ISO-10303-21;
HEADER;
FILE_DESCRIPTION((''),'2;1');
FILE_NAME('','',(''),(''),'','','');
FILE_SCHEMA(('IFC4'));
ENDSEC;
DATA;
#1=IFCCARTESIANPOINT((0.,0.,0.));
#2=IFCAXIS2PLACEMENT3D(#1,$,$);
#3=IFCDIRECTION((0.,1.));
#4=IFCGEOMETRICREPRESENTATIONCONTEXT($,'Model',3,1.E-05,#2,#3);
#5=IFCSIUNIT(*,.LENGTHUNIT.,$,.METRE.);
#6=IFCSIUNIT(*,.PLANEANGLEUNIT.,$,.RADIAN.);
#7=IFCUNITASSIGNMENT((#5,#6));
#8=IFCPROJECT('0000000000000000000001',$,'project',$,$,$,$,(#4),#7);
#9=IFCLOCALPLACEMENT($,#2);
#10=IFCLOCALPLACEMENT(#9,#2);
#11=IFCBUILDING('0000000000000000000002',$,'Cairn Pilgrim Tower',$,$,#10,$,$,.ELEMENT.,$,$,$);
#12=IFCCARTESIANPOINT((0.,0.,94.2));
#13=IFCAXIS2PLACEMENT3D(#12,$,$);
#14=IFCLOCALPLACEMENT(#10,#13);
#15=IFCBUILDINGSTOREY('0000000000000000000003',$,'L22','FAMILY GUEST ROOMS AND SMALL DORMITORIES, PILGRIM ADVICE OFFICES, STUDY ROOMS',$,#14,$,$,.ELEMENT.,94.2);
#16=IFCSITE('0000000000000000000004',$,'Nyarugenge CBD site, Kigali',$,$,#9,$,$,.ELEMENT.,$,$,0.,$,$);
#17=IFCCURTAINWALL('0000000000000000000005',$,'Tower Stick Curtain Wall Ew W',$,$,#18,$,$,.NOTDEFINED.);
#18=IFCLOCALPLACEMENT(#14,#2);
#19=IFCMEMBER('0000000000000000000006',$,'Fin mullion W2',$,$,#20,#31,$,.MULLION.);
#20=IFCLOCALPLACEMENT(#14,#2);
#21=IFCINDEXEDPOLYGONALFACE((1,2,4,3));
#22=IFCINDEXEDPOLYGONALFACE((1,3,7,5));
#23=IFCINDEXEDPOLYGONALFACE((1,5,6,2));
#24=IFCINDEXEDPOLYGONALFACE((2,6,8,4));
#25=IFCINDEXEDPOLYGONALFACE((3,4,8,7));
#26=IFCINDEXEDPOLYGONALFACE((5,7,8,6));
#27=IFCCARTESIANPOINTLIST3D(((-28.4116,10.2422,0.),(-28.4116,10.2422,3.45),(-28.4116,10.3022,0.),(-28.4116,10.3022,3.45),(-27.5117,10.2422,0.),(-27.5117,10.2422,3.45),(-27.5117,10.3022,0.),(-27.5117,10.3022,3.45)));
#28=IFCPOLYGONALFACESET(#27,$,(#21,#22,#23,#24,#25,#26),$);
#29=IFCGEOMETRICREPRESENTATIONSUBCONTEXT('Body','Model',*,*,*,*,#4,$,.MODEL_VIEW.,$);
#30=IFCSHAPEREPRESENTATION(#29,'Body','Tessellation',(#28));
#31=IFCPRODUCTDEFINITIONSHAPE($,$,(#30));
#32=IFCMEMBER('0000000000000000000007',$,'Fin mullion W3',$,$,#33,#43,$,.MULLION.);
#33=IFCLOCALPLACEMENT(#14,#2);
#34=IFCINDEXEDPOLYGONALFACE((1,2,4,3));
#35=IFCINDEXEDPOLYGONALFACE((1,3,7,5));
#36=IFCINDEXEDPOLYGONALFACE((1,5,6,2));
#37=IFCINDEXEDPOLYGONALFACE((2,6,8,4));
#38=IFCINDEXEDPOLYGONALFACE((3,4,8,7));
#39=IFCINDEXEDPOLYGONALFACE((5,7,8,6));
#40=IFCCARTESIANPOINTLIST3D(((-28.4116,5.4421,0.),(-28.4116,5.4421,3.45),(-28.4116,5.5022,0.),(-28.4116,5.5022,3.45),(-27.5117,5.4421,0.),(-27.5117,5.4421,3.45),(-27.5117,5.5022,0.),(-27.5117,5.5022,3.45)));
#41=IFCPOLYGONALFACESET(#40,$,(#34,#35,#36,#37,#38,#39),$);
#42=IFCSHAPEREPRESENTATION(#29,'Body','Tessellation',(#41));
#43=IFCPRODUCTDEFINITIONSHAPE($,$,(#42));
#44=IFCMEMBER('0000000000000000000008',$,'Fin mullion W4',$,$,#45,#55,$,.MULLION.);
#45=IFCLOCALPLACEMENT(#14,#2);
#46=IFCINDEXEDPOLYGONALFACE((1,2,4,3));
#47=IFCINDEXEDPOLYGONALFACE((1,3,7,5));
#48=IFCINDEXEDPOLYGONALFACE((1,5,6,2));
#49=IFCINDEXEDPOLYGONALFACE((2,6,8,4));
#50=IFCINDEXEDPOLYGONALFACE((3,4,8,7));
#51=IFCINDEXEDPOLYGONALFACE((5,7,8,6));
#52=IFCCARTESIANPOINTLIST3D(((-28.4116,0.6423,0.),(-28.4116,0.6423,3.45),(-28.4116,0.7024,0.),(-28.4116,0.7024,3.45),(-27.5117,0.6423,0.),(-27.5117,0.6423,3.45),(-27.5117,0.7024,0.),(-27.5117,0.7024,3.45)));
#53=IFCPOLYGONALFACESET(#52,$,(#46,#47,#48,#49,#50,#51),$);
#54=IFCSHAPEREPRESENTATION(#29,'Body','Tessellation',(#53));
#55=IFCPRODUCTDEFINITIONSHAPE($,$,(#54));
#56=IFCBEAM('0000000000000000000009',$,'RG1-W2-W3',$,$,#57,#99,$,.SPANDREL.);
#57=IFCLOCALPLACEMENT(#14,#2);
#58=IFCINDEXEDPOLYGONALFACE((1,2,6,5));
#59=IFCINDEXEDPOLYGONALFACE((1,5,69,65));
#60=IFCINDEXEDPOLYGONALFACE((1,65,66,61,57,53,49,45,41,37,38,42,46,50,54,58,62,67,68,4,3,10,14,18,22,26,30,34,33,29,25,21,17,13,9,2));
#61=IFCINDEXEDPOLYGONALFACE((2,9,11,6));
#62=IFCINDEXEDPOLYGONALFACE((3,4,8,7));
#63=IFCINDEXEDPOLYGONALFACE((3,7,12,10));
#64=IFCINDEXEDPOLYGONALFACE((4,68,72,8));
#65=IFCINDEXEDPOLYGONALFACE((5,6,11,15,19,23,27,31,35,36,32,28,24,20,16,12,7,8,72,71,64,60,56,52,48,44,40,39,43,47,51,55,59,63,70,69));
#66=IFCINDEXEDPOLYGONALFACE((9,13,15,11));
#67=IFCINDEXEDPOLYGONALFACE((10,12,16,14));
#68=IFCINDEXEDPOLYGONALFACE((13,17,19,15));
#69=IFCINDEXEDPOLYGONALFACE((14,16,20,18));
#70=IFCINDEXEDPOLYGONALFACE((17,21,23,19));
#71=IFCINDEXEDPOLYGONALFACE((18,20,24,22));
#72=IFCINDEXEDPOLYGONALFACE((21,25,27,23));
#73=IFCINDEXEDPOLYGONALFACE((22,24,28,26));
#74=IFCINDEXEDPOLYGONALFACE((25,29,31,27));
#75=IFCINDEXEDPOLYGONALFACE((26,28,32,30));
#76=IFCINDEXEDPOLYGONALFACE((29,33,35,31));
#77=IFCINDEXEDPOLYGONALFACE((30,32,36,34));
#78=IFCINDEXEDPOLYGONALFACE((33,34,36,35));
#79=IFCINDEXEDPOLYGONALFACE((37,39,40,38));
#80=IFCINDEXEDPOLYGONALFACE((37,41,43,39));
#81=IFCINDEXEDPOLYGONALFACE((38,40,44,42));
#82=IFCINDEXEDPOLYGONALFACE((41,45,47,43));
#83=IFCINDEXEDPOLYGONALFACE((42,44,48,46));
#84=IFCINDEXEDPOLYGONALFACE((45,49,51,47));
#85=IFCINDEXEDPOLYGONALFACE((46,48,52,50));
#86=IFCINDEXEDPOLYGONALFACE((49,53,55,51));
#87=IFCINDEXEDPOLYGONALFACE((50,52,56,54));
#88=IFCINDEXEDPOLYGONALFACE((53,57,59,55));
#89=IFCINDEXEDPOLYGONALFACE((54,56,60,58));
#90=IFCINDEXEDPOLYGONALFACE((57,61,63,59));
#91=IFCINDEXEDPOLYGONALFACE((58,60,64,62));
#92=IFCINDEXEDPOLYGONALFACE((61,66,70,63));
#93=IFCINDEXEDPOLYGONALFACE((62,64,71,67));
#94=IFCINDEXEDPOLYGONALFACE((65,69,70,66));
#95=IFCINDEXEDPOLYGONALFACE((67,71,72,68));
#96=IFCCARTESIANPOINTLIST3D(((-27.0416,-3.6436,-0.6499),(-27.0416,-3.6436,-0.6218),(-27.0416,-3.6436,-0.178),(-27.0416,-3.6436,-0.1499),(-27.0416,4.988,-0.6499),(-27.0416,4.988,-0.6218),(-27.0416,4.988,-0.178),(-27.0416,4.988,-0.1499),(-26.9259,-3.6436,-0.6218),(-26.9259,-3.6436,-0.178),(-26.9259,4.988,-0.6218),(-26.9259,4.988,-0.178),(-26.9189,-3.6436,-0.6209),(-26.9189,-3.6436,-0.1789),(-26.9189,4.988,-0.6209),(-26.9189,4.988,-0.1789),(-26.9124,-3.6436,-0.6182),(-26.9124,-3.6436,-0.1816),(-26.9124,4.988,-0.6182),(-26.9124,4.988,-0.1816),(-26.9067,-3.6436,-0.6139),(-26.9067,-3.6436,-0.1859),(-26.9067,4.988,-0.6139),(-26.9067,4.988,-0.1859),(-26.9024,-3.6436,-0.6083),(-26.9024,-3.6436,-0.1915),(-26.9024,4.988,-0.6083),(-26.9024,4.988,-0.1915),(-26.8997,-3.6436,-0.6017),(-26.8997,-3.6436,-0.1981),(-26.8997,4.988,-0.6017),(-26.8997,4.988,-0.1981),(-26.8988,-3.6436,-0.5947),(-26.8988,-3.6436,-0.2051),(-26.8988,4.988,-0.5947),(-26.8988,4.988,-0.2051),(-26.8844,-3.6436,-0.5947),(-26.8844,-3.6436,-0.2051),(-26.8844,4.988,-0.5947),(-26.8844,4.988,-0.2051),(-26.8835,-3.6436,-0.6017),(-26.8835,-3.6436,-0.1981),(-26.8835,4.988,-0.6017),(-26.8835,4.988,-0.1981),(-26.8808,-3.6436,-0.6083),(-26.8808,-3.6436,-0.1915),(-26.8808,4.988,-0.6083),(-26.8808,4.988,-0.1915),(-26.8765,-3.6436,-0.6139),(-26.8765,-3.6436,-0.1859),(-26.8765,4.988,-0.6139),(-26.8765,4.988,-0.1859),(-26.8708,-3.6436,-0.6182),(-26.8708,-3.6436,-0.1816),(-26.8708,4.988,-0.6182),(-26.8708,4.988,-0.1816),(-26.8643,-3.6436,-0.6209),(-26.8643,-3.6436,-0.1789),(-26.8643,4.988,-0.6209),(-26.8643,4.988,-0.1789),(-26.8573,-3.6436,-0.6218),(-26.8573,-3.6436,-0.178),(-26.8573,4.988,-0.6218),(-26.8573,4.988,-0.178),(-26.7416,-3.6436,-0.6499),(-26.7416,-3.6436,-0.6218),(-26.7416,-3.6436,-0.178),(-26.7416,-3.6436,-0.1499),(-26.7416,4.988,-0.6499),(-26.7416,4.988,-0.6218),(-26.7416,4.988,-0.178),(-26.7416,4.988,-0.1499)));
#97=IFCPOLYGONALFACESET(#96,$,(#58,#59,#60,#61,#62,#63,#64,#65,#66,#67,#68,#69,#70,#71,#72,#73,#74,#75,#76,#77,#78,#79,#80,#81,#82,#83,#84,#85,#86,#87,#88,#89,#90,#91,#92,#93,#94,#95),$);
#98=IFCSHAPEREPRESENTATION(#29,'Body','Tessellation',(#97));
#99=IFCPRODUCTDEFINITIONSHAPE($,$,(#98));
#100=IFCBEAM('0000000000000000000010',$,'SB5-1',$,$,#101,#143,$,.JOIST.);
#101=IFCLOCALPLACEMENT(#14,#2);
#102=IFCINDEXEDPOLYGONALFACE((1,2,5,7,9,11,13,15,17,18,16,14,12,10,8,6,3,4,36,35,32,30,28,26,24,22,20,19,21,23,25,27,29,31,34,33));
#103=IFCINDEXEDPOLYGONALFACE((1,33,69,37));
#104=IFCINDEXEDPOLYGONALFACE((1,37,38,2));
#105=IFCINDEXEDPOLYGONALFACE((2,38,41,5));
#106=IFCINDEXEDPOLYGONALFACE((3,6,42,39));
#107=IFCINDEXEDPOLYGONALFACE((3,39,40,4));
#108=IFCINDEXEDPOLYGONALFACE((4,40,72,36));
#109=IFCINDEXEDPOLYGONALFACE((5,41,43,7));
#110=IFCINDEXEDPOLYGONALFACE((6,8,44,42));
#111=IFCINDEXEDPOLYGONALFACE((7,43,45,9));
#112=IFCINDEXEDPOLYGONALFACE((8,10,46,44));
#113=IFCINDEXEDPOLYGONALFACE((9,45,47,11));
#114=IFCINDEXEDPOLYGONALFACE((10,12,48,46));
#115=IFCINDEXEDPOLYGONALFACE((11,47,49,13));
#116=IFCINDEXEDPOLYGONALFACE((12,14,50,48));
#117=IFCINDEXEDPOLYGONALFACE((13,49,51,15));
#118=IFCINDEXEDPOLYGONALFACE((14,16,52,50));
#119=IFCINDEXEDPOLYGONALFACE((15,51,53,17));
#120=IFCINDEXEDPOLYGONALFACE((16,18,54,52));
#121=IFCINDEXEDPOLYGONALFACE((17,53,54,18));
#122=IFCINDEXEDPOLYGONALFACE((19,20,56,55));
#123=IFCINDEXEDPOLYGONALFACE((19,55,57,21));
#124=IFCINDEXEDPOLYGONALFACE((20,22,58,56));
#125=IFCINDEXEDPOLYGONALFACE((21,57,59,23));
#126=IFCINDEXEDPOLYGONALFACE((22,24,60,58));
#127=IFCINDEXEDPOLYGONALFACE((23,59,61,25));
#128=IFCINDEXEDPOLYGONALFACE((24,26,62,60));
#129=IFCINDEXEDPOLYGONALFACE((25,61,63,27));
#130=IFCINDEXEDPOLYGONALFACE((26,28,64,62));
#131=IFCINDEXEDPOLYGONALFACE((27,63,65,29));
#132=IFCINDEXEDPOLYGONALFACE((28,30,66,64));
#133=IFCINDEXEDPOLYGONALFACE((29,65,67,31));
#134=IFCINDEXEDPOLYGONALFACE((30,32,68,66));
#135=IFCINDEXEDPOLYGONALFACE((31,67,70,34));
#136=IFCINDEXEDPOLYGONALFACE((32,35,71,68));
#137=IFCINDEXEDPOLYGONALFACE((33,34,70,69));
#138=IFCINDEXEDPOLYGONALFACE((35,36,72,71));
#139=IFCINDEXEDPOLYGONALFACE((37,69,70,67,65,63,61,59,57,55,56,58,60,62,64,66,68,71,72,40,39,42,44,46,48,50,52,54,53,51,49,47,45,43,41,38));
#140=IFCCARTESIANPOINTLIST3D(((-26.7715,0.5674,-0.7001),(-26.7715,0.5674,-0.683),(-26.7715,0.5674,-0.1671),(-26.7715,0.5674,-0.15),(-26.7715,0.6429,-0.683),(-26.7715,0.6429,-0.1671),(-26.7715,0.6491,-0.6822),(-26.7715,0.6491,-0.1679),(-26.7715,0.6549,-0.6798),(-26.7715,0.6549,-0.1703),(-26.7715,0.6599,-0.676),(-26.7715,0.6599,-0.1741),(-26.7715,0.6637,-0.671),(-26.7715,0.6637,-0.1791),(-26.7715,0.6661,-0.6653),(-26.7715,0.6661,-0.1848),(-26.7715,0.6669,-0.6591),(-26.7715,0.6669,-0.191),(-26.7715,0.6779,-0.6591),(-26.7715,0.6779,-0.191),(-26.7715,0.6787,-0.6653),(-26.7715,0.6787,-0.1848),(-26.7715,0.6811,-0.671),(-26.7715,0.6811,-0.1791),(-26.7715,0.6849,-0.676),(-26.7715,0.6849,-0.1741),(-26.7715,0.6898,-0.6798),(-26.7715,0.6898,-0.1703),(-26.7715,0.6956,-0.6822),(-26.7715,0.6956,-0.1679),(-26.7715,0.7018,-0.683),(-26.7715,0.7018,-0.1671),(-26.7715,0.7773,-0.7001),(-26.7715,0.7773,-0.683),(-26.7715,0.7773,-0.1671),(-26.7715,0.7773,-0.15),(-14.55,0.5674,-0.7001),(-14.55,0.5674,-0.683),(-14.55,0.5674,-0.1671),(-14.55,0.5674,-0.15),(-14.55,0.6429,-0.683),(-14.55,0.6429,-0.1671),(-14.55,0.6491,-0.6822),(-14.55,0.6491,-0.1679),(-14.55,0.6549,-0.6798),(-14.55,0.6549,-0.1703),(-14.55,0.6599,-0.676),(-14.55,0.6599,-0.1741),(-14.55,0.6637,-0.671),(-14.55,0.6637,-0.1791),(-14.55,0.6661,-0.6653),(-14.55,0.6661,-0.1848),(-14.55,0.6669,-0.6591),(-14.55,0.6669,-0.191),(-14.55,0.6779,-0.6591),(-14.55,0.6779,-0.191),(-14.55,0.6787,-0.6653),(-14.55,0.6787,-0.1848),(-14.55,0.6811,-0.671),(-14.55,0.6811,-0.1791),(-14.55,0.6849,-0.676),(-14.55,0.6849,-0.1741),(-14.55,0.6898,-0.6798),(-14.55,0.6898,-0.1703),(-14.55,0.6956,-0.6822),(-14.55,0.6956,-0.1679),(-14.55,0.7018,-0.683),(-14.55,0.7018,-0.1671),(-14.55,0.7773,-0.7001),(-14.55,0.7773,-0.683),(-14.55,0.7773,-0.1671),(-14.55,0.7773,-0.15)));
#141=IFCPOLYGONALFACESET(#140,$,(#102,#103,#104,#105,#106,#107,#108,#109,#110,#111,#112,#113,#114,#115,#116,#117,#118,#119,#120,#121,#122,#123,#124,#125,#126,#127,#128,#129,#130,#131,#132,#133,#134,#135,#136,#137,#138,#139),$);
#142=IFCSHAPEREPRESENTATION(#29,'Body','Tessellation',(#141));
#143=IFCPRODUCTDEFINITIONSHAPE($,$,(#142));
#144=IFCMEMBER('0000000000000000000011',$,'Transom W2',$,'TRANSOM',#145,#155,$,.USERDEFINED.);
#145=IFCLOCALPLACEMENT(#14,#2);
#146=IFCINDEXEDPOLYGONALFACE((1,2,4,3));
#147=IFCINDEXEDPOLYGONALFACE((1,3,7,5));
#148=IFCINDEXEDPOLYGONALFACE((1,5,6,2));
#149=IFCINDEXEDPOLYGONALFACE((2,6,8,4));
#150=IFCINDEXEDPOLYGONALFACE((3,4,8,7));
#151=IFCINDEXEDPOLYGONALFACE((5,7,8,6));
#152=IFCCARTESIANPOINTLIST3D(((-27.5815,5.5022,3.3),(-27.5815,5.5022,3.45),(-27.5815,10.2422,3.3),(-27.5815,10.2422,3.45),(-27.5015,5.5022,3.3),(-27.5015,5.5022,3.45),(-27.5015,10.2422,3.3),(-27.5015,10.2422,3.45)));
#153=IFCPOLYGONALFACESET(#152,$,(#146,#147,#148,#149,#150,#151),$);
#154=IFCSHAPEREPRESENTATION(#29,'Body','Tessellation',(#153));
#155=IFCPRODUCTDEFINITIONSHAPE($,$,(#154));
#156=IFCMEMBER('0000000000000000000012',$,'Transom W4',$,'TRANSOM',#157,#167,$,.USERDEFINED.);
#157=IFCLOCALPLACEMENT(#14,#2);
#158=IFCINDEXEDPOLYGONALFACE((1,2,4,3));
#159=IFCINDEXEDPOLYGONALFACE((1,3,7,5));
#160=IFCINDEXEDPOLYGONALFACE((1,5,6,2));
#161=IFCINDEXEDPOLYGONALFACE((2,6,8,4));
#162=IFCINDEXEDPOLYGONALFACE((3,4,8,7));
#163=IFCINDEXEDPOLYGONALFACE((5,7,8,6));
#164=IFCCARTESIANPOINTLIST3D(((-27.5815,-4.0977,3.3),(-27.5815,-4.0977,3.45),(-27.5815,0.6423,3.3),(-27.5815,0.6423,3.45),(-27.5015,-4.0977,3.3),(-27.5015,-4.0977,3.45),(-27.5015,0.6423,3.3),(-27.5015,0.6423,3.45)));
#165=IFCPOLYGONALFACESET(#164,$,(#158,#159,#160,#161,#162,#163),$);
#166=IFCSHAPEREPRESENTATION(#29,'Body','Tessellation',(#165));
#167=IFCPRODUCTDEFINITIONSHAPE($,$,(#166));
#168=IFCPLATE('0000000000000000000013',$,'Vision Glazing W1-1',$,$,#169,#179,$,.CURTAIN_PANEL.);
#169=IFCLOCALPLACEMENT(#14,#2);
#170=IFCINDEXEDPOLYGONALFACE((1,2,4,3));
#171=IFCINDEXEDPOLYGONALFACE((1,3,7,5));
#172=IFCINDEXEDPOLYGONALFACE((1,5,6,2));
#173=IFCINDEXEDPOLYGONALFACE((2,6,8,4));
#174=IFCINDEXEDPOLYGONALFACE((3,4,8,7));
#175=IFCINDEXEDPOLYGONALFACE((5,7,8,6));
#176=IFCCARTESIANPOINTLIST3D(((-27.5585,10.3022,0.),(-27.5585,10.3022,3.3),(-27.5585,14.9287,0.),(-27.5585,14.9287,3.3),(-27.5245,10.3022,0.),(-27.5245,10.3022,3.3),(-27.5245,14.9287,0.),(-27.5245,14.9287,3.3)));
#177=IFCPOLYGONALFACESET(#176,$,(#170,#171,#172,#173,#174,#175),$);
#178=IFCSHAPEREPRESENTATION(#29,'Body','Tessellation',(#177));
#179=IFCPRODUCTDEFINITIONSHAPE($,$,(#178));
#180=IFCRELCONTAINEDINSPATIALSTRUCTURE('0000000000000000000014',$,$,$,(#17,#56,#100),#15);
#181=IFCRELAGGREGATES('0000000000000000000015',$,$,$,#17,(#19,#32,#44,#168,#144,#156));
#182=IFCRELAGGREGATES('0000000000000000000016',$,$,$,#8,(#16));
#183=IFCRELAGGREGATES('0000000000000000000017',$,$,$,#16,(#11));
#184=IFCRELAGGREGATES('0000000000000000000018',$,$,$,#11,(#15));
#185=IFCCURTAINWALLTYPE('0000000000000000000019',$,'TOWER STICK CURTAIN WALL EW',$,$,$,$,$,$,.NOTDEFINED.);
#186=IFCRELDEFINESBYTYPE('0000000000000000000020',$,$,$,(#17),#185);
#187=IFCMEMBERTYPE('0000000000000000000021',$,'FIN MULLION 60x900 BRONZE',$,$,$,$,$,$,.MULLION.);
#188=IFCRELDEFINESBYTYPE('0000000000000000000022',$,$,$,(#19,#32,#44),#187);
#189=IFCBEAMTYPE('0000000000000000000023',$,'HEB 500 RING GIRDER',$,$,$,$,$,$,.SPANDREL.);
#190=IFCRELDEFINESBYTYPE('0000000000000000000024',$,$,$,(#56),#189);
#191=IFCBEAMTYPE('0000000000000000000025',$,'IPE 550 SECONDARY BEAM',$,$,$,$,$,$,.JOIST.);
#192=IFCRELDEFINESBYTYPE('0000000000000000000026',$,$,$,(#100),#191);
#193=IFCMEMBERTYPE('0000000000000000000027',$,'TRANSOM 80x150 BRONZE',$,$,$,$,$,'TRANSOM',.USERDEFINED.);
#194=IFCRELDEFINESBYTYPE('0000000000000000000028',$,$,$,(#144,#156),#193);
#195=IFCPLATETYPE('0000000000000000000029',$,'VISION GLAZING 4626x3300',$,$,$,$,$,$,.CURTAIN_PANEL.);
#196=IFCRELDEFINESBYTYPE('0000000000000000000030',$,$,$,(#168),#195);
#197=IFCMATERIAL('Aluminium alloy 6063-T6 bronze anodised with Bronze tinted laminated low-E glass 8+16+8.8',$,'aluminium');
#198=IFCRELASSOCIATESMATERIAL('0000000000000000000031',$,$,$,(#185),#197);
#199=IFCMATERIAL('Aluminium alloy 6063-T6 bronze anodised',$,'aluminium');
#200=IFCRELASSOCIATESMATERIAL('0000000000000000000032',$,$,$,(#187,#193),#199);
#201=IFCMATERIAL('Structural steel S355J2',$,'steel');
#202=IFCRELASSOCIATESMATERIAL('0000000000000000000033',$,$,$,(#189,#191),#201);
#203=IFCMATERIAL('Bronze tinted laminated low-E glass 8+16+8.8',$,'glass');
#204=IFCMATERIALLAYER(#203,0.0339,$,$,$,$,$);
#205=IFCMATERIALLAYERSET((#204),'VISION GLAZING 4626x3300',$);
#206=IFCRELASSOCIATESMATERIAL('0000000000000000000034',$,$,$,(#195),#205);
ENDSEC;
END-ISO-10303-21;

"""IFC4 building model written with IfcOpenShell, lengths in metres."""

from ifc_helpers import new_model, si_unit, direction, frame, origin, origin_2d, place, context, subcontext, project, spatial, rectangle, i_section, extrude, material, layer, layer_set, material_profile, profile_set, type_object, element, aggregate, save


model = new_model("IFC4")

# Units and contexts
model_context = context("Model", 3, precision=1e-05, world=origin(), true_north=direction((0.0, 1.0)))
body_context = subcontext(model_context, "Body", "Model", "MODEL_VIEW")
ifc_project = project(units=[si_unit("LENGTHUNIT", "METRE"), si_unit("PLANEANGLEUNIT", "RADIAN")], contexts=[model_context])

# Site, building, storey
site_placement = place(None, origin())
site = spatial("IfcSite", under=ifc_project, at=site_placement, Name="Nyarugenge CBD site, Kigali", CompositionType="ELEMENT", RefElevation=0.0)
building_placement = place(site_placement, origin())
building = spatial("IfcBuilding", under=site, at=building_placement, Name="Cairn Pilgrim Tower", CompositionType="ELEMENT")
storey_placement = place(building_placement, frame((0.0, 0.0, 94.2)))
storey = spatial("IfcBuildingStorey", under=building, at=storey_placement, Name="L22", Description="FAMILY GUEST ROOMS AND SMALL DORMITORIES, PILGRIM ADVICE OFFICES, STUDY ROOMS", CompositionType="ELEMENT", Elevation=94.2)

# Curtain wall, members
ifc_material_1 = material(Name="Aluminium alloy 6063-T6 bronze anodised with Bronze tinted laminated low-E glass 8+16+8.8", Category="aluminium")
curtain_wall_type = type_object("IfcCurtainWallType", Name="TOWER STICK CURTAIN WALL EW", PredefinedType="NOTDEFINED", material=ifc_material_1)
curtain_wall_placement = place(storey_placement, origin())
curtain_wall = element("IfcCurtainWall", 1, at=curtain_wall_placement, inside=storey, type_object=curtain_wall_type, Name="Tower Stick Curtain Wall Ew W", PredefinedType="NOTDEFINED")
ifc_material_2 = material(Name="Aluminium alloy 6063-T6 bronze anodised", Category="aluminium")
ifc_material_profile_1 = material_profile(ifc_material_2, rectangle(XDim=0.8999, YDim=0.0601, at=origin_2d()), Name="FIN MULLION 60x900 BRONZE")
ifc_profile_set_1 = profile_set([ifc_material_profile_1], Name="Aluminium alloy 6063-T6 bronze anodised")
member_type_1 = type_object("IfcMemberType", Name="FIN MULLION 60x900 BRONZE", PredefinedType="MULLION", material=ifc_profile_set_1)
member_1_placement = place(storey_placement, frame((-27.9617, 10.2722, 0.0), z_axis=(0.0, 0.0, 1.0), x_axis=(-1.0, 0.0, 0.0)))
member_1 = element("IfcMember", 2, at=member_1_placement, type_object=member_type_1, Name="Fin mullion W2", PredefinedType="MULLION", context=body_context, shape_type="SweptSolid", body=[
    extrude(rectangle(XDim=0.8999, YDim=0.0601, at=origin_2d()), origin(), (0.0, 0.0, 1.0), 3.45),
])
member_2_placement = place(storey_placement, frame((-27.9617, 5.4722, 0.0), z_axis=(0.0, 0.0, 1.0), x_axis=(-1.0, 0.0, 0.0)))
member_2 = element("IfcMember", 3, at=member_2_placement, type_object=member_type_1, Name="Fin mullion W3", PredefinedType="MULLION", context=body_context, shape_type="SweptSolid", body=[
    extrude(rectangle(XDim=0.8999, YDim=0.0601, at=origin_2d()), origin(), (0.0, 0.0, 1.0), 3.45),
])
member_3_placement = place(storey_placement, frame((-27.9617, 0.6724, 0.0), z_axis=(0.0, 0.0, 1.0), x_axis=(-1.0, 0.0, 0.0)))
member_3 = element("IfcMember", 4, at=member_3_placement, type_object=member_type_1, Name="Fin mullion W4", PredefinedType="MULLION", context=body_context, shape_type="SweptSolid", body=[
    extrude(rectangle(XDim=0.8999, YDim=0.0601, at=origin_2d()), origin(), (0.0, 0.0, 1.0), 3.45),
])

# Beams
ifc_material_3 = material(Name="Structural steel S355J2", Category="steel")
ifc_material_profile_2 = material_profile(ifc_material_3, i_section(OverallWidth=0.3, OverallDepth=0.5, WebThickness=0.0144, FlangeThickness=0.0281, FilletRadius=0.0271, at=origin_2d()), Name="HEB 500")
ifc_profile_set_2 = profile_set([ifc_material_profile_2], Name="Structural steel S355J2")
beam_type_1 = type_object("IfcBeamType", Name="HEB 500 RING GIRDER", PredefinedType="SPANDREL", material=ifc_profile_set_2)
beam_1_placement = place(storey_placement, frame((-26.8916, 4.988, -0.3999), z_axis=(0.0, -1.0, 0.0), x_axis=(1.0, 0.0, 0.0)))
element("IfcBeam", 5, at=beam_1_placement, inside=storey, type_object=beam_type_1, Name="RG1-W2-W3", PredefinedType="SPANDREL", context=body_context, shape_type="SweptSolid", body=[
    extrude(i_section(OverallWidth=0.3, OverallDepth=0.5, WebThickness=0.0144, FlangeThickness=0.0281, FilletRadius=0.0271, at=origin_2d()), origin(), (0.0, 0.0, 1.0), 8.6316),
])
ifc_material_profile_3 = material_profile(ifc_material_3, i_section(OverallWidth=0.21, OverallDepth=0.55, WebThickness=0.011, FlangeThickness=0.0171, FilletRadius=0.0239, at=origin_2d()), Name="IPE 550")
ifc_profile_set_3 = profile_set([ifc_material_profile_3], Name="Structural steel S355J2")
beam_type_2 = type_object("IfcBeamType", Name="IPE 550 SECONDARY BEAM", PredefinedType="JOIST", material=ifc_profile_set_3)
beam_2_placement = place(storey_placement, frame((-26.7715, 0.6724, -0.425), z_axis=(1.0, 0.0, 0.0), x_axis=(0.0, 1.0, 0.0)))
element("IfcBeam", 6, at=beam_2_placement, inside=storey, type_object=beam_type_2, Name="SB5-1", PredefinedType="JOIST", context=body_context, shape_type="SweptSolid", body=[
    extrude(i_section(OverallWidth=0.21, OverallDepth=0.55, WebThickness=0.011, FlangeThickness=0.0171, FilletRadius=0.0239, at=origin_2d()), origin(), (0.0, 0.0, 1.0), 12.2214),
])

# Members
ifc_material_profile_4 = material_profile(ifc_material_2, rectangle(XDim=0.0801, YDim=0.1499, at=origin_2d()), Name="TRANSOM 80x150 BRONZE")
ifc_profile_set_4 = profile_set([ifc_material_profile_4], Name="Aluminium alloy 6063-T6 bronze anodised")
member_type_2 = type_object("IfcMemberType", Name="TRANSOM 80x150 BRONZE", ElementType="TRANSOM", PredefinedType="USERDEFINED", material=ifc_profile_set_4)
member_4_placement = place(storey_placement, frame((-27.5415, 10.2422, 3.375), z_axis=(0.0, -1.0, 0.0), x_axis=(1.0, 0.0, 0.0)))
member_4 = element("IfcMember", 7, at=member_4_placement, type_object=member_type_2, Name="Transom W2", ObjectType="TRANSOM", PredefinedType="USERDEFINED", context=body_context, shape_type="SweptSolid", body=[
    extrude(rectangle(XDim=0.0801, YDim=0.1499, at=origin_2d()), origin(), (0.0, 0.0, 1.0), 4.74),
])
member_5_placement = place(storey_placement, frame((-27.5415, 0.6423, 3.375), z_axis=(0.0, -1.0, 0.0), x_axis=(1.0, 0.0, 0.0)))
member_5 = element("IfcMember", 8, at=member_5_placement, type_object=member_type_2, Name="Transom W4", ObjectType="TRANSOM", PredefinedType="USERDEFINED", context=body_context, shape_type="SweptSolid", body=[
    extrude(rectangle(XDim=0.0801, YDim=0.1499, at=origin_2d()), origin(), (0.0, 0.0, 1.0), 4.74),
])

# Plate
ifc_material_4 = material(Name="Bronze tinted laminated low-E glass 8+16+8.8", Category="glass")
ifc_layer_1 = layer(ifc_material_4, 0.0339)
ifc_layer_set_1 = layer_set([ifc_layer_1], Name="VISION GLAZING 4626x3300")
plate_type_1 = type_object("IfcPlateType", Name="VISION GLAZING 4626x3300", PredefinedType="CURTAIN_PANEL", material=ifc_layer_set_1)
plate_1_placement = place(storey_placement, frame((-27.5415, 12.6155, 0.0), z_axis=(0.0, 0.0, 1.0), x_axis=(0.0, -1.0, 0.0)))
plate_1 = element("IfcPlate", 9, at=plate_1_placement, type_object=plate_type_1, Name="Vision Glazing W1-1", PredefinedType="CURTAIN_PANEL", context=body_context, shape_type="SweptSolid", body=[
    extrude(rectangle(XDim=4.6265, YDim=0.0339, at=origin_2d()), origin(), (0.0, 0.0, 1.0), 3.3),
])
aggregate(curtain_wall, [member_1, member_2, member_3, plate_1, member_4, member_5])

save(model, "model.ifc")
